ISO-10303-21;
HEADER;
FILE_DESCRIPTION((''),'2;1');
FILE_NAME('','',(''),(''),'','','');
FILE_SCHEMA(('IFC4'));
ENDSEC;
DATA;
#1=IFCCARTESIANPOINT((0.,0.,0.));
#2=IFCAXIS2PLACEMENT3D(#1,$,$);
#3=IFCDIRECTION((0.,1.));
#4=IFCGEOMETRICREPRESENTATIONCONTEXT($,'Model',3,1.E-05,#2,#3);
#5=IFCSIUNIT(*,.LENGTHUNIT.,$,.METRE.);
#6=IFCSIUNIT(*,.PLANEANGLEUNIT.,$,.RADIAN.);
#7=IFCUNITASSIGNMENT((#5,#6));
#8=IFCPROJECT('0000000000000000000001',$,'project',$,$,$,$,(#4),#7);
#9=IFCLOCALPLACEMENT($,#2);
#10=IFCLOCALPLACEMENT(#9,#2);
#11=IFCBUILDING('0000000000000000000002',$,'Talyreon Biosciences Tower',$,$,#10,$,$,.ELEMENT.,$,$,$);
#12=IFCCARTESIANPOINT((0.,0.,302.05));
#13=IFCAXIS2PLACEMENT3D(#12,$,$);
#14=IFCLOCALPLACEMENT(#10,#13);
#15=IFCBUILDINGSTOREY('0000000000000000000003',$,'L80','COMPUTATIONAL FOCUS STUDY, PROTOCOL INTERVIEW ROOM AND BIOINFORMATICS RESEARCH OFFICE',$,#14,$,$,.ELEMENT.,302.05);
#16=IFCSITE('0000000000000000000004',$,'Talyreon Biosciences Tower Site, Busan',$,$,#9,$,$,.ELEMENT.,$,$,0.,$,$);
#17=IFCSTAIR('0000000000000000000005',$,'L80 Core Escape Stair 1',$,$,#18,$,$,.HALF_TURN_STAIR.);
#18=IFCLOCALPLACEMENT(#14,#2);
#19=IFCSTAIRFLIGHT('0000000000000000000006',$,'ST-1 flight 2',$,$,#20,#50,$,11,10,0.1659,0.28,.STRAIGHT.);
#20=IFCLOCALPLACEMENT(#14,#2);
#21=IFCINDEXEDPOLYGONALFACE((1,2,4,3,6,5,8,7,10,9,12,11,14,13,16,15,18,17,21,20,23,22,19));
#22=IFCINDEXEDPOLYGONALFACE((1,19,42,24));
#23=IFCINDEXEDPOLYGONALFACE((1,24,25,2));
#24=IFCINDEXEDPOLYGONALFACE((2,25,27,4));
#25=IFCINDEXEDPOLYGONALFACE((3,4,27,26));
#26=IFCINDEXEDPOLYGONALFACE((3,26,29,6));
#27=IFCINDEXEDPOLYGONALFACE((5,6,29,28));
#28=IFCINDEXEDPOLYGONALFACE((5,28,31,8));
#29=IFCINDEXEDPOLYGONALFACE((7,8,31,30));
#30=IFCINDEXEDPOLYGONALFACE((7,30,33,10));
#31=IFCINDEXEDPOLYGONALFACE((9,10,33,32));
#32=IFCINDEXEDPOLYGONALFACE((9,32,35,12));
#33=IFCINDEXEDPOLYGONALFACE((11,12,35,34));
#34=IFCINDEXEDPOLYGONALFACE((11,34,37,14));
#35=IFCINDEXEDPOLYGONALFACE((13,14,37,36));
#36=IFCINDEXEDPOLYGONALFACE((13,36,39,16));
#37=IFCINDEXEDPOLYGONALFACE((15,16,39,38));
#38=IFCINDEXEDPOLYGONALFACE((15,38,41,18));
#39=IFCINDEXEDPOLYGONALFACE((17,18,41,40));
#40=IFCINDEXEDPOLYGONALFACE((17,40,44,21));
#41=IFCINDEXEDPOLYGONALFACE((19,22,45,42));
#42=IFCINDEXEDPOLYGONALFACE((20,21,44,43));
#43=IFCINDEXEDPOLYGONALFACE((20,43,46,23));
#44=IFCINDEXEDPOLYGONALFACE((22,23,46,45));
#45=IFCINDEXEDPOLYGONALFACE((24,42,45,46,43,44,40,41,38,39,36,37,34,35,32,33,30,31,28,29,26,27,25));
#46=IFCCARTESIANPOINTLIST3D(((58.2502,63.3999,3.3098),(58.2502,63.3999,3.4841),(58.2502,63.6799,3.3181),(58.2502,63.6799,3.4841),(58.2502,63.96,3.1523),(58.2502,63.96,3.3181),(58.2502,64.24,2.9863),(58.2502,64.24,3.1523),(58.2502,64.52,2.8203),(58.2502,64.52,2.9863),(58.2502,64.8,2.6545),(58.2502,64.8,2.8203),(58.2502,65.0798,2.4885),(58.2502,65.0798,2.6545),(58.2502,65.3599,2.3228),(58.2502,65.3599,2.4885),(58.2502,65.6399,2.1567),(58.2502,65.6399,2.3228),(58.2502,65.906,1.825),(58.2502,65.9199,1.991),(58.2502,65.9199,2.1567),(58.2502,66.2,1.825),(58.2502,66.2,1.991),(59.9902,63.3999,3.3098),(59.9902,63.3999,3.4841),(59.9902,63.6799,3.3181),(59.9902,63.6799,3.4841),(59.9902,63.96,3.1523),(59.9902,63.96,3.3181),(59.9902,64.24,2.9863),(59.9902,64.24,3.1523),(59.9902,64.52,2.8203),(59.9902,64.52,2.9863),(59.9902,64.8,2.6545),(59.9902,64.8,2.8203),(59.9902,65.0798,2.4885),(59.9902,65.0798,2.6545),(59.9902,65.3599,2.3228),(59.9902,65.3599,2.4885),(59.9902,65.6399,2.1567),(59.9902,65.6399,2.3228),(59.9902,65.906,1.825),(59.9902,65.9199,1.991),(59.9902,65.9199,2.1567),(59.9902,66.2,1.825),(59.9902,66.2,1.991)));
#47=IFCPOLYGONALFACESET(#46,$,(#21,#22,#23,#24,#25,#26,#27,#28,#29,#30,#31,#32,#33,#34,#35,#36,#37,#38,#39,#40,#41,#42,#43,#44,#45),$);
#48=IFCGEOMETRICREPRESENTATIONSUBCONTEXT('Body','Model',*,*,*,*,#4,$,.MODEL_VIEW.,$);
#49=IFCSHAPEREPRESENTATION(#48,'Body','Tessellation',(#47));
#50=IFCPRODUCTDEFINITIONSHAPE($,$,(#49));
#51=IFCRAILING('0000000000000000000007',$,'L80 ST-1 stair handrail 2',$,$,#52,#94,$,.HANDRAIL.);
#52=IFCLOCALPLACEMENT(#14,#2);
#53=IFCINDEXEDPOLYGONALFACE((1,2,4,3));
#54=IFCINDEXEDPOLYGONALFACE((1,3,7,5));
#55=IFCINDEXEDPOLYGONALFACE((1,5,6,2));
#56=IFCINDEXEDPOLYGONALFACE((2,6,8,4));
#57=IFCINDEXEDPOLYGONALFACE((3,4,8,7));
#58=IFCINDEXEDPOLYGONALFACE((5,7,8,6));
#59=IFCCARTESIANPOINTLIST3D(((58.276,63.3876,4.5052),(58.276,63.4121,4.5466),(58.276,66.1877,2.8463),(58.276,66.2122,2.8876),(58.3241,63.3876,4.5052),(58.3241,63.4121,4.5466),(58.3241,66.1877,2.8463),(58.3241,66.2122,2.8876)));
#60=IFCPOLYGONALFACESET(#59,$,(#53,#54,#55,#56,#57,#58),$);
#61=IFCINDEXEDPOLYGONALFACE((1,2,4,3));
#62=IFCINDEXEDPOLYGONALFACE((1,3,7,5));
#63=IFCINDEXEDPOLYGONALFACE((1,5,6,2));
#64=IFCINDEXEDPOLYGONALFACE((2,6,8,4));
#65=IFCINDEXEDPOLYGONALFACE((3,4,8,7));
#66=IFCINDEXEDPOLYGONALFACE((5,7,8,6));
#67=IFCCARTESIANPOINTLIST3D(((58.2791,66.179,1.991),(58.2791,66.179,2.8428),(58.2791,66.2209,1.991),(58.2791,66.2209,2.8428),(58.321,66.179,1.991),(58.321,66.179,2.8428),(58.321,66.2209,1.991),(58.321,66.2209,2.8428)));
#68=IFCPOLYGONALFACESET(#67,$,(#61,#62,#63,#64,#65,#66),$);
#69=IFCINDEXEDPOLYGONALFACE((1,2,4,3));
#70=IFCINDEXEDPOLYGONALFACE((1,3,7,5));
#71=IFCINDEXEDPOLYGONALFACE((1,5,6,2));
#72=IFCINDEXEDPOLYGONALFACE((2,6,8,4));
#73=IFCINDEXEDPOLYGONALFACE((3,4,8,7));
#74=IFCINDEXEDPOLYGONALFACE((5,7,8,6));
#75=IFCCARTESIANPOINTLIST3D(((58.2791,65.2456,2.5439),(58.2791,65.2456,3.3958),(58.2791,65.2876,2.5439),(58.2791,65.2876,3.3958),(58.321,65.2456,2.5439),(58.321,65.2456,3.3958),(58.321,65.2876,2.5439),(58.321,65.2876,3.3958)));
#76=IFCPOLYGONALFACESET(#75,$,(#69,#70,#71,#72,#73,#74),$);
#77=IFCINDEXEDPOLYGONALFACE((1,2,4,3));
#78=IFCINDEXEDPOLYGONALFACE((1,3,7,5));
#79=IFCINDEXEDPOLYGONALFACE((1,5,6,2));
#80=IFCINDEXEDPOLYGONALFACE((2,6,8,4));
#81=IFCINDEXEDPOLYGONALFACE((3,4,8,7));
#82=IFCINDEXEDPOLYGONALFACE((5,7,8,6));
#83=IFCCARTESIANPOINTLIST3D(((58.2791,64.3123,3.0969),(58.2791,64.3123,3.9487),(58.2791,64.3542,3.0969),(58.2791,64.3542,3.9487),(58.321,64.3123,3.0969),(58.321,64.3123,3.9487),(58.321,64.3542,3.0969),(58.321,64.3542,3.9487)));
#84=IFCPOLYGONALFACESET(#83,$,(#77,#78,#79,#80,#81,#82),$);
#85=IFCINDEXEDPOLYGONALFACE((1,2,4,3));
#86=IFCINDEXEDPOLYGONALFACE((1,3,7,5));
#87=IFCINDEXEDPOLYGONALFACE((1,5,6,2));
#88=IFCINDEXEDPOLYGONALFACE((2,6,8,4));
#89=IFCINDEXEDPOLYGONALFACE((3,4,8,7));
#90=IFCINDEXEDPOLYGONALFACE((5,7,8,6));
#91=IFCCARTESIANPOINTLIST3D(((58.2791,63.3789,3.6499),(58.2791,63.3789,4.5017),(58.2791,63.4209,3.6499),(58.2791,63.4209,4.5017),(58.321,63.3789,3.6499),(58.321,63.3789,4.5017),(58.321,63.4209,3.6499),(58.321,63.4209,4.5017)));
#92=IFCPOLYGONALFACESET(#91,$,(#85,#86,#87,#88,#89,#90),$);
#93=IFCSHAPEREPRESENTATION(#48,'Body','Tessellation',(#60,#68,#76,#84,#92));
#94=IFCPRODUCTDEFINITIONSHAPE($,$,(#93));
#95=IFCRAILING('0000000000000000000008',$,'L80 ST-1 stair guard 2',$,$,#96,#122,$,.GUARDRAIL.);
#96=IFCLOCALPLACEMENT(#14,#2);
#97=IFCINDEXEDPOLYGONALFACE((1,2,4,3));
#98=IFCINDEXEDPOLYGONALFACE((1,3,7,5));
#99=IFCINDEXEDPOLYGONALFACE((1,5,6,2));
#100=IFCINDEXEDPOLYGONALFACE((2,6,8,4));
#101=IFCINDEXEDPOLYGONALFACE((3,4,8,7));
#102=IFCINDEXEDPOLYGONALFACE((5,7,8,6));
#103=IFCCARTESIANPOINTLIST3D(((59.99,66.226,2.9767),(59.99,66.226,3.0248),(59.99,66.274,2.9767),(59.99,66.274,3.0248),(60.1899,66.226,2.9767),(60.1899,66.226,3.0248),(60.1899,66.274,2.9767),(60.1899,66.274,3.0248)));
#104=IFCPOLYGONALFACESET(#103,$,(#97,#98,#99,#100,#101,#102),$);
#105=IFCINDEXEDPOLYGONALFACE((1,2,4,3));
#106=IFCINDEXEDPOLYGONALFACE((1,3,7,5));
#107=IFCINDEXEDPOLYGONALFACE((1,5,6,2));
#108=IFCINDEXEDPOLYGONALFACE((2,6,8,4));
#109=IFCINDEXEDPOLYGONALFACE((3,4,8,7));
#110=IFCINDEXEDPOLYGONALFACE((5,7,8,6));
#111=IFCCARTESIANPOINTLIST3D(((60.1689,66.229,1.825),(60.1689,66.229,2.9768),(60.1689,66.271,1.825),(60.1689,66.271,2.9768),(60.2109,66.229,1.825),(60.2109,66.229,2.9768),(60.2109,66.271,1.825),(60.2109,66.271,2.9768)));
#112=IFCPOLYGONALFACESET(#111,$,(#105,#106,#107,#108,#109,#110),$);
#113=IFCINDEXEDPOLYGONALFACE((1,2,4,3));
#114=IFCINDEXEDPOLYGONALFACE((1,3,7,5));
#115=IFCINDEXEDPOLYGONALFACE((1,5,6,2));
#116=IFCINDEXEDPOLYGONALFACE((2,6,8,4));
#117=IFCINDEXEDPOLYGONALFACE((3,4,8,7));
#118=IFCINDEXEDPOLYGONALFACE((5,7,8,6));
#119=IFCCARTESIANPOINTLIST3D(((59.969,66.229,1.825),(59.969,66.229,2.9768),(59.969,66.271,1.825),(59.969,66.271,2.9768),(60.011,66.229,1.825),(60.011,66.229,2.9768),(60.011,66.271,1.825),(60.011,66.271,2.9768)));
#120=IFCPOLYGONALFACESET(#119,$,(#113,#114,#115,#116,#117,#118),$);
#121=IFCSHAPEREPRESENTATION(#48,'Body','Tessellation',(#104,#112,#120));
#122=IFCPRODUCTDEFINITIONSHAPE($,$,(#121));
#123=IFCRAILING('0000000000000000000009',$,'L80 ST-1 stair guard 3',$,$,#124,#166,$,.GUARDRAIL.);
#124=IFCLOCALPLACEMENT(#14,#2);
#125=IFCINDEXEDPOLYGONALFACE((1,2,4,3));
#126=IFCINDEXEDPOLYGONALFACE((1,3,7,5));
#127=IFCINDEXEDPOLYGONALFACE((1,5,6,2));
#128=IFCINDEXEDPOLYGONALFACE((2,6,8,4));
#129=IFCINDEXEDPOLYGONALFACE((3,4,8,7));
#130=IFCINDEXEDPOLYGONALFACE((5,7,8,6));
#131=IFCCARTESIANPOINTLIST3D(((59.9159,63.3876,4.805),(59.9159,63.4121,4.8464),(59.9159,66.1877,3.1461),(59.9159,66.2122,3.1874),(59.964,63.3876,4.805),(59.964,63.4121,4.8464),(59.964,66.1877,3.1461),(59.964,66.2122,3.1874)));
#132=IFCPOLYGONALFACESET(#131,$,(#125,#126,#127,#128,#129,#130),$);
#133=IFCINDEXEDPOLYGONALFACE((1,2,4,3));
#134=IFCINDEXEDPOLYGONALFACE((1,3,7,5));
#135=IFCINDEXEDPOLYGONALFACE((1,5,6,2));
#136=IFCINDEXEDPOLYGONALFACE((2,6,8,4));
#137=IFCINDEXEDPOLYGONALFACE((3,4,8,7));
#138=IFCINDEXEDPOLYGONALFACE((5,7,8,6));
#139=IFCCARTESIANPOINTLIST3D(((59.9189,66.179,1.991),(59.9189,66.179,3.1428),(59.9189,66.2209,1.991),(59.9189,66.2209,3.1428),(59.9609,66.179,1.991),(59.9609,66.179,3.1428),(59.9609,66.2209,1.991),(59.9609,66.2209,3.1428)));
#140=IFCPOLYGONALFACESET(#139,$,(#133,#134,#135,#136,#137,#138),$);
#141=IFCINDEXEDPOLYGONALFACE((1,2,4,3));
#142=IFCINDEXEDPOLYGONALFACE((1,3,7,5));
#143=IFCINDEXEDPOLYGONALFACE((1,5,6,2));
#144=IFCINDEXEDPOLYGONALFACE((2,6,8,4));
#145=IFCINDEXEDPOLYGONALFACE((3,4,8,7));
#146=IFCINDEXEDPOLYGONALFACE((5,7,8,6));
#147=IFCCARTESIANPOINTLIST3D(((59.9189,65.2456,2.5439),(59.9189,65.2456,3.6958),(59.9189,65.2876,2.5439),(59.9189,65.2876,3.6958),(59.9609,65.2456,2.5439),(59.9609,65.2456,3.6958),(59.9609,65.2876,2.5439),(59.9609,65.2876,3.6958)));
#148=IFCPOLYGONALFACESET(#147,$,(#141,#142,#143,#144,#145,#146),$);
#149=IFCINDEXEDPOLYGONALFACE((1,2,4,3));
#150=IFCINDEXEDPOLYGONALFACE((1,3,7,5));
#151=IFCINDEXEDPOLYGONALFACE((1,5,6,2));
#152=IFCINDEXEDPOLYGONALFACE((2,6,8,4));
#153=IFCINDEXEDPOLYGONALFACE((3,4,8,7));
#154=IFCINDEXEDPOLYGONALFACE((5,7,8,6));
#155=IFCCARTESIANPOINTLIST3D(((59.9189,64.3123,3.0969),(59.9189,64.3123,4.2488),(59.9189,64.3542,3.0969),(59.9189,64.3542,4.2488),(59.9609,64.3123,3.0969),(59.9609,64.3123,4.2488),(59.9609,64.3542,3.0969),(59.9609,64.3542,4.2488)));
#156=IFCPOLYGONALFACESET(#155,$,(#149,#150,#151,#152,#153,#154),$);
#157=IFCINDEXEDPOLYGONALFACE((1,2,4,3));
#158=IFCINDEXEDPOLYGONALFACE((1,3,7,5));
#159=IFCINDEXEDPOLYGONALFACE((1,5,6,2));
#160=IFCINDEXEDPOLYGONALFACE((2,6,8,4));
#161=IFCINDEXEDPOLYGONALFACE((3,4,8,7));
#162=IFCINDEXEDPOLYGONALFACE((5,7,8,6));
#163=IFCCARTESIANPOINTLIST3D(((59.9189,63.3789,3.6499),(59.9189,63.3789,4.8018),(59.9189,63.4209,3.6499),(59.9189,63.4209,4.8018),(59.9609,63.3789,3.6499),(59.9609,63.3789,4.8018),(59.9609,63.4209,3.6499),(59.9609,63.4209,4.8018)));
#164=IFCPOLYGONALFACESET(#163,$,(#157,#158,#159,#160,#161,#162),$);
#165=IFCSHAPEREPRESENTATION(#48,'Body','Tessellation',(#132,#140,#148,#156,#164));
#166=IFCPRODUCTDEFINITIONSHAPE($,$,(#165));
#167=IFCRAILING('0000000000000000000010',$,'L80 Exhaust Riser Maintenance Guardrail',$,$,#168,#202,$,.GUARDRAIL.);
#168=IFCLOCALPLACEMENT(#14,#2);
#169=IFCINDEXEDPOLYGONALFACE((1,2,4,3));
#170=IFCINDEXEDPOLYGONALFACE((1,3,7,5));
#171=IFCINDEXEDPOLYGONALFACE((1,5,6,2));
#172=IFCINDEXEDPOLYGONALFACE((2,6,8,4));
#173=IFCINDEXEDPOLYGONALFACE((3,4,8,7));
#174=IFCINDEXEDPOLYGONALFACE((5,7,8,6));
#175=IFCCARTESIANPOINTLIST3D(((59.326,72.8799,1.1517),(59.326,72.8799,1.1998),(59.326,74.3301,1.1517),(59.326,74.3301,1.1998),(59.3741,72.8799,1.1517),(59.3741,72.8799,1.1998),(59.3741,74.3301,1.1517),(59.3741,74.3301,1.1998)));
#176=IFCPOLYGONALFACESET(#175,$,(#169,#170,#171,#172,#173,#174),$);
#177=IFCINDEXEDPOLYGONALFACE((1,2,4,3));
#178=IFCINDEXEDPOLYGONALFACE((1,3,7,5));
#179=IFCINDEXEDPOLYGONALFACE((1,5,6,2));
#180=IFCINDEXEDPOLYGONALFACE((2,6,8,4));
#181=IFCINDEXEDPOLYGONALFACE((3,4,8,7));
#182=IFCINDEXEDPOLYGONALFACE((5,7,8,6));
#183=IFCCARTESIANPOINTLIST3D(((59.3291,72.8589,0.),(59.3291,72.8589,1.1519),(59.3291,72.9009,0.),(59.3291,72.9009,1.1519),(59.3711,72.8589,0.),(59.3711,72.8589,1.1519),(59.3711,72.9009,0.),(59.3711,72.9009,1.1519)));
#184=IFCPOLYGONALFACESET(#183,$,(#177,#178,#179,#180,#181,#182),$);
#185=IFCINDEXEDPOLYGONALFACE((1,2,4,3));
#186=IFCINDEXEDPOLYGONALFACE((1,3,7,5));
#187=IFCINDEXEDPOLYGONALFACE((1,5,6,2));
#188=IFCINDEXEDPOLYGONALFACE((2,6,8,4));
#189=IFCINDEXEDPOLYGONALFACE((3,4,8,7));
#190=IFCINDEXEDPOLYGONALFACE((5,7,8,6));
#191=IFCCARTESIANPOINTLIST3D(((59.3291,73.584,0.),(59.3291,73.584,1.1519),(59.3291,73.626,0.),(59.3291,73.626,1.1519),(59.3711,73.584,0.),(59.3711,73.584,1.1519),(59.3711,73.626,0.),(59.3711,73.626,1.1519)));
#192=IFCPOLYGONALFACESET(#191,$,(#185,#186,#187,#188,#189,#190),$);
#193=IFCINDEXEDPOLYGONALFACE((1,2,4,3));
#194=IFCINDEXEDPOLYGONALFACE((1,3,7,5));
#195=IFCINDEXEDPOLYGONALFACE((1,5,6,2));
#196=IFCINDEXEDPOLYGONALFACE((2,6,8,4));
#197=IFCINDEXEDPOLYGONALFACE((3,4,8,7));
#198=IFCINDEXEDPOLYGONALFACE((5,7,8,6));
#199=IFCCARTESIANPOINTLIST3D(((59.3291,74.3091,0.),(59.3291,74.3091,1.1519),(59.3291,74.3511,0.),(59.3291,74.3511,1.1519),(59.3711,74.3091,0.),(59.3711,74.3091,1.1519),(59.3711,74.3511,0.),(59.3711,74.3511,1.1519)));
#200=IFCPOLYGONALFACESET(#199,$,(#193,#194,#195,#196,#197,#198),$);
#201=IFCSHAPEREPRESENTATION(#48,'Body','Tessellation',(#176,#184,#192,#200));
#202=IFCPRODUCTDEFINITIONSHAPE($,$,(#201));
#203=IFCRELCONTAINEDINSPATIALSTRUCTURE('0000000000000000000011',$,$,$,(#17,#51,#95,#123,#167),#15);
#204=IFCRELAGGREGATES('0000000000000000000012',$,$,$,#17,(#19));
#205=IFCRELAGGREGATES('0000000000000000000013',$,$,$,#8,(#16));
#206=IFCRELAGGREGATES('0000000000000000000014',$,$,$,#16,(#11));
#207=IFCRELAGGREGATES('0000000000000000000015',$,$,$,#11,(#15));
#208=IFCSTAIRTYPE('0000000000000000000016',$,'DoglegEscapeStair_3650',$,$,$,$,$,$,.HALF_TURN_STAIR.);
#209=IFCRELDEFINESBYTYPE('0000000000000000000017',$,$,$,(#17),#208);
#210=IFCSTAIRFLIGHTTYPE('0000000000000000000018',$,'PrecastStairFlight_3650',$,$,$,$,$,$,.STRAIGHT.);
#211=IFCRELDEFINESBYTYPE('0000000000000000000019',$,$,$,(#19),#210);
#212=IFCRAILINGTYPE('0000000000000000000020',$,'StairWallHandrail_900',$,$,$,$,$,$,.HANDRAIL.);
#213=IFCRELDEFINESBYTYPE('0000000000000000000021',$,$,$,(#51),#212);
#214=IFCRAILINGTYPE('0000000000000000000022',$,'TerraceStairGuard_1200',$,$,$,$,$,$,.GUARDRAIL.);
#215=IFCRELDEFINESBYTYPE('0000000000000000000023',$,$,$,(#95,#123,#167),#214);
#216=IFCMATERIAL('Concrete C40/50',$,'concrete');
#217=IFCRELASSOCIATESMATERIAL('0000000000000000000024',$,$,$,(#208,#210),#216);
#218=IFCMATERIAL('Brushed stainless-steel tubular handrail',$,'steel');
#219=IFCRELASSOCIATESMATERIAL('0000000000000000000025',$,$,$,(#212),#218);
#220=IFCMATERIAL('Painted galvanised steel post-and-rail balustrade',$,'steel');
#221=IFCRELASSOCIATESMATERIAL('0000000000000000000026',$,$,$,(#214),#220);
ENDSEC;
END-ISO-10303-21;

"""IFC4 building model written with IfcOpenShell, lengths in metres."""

from ifc_helpers import new_model, si_unit, direction, frame, origin, origin_2d, place, context, subcontext, project, spatial, polyline, rectangle, outline, extrude, material, type_object, element, aggregate, save


model = new_model("IFC4")

# Units and contexts
model_context = context("Model", 3, precision=1e-05, world=origin(), true_north=direction((0.0, 1.0)))
body_context = subcontext(model_context, "Body", "Model", "MODEL_VIEW")
ifc_project = project(units=[si_unit("LENGTHUNIT", "METRE"), si_unit("PLANEANGLEUNIT", "RADIAN")], contexts=[model_context])

# Site, building, storey
site_placement = place(None, origin())
site = spatial("IfcSite", under=ifc_project, at=site_placement, Name="Talyreon Biosciences Tower Site, Busan", CompositionType="ELEMENT", RefElevation=0.0)
building_placement = place(site_placement, origin())
building = spatial("IfcBuilding", under=site, at=building_placement, Name="Talyreon Biosciences Tower", CompositionType="ELEMENT")
storey_placement = place(building_placement, frame((0.0, 0.0, 302.05)))
storey = spatial("IfcBuildingStorey", under=building, at=storey_placement, Name="L80", Description="COMPUTATIONAL FOCUS STUDY, PROTOCOL INTERVIEW ROOM AND BIOINFORMATICS RESEARCH OFFICE", CompositionType="ELEMENT", Elevation=302.05)

# Stair, stair flight
ifc_material_1 = material(Name="Concrete C40/50", Category="concrete")
stair_type = type_object("IfcStairType", Name="DoglegEscapeStair_3650", PredefinedType="HALF_TURN_STAIR", material=ifc_material_1)
stair_placement = place(storey_placement, origin())
stair = element("IfcStair", 1, at=stair_placement, inside=storey, type_object=stair_type, Name="L80 Core Escape Stair 1", PredefinedType="HALF_TURN_STAIR")
stair_flight_type = type_object("IfcStairFlightType", Name="PrecastStairFlight_3650", PredefinedType="STRAIGHT", material=ifc_material_1)
stair_flight_placement = place(storey_placement, frame((59.1201, 66.2, 1.825), z_axis=(0.0, 0.0, 1.0), x_axis=(0.0, -1.0, 0.0)))
stair_flight = element("IfcStairFlight", 2, at=stair_flight_placement, type_object=stair_flight_type, Name="ST-1 flight 2", NumberOfRisers=11, NumberOfTreads=10, PredefinedType="STRAIGHT", RiserHeight=0.1659, TreadLength=0.28, context=body_context, shape_type="SweptSolid", body=[
    extrude(outline(polyline([(0.0, 0.0), (0.0, 0.166), (0.28, 0.166), (0.28, 0.3318), (0.5601, 0.3318), (0.5601, 0.4978), (0.8401, 0.4978), (0.8401, 0.6636), (1.1201, 0.6636), (1.1201, 0.8296), (1.3999, 0.8296), (1.3999, 0.9954), (1.6799, 0.9954), (1.6799, 1.1614), (1.96, 1.1614), (1.96, 1.3274), (2.24, 1.3274), (2.24, 1.4932), (2.52, 1.4932), (2.52, 1.6592), (2.8, 1.6592), (2.8, 1.825), (2.8, 1.4849), (0.2939, 0.0), (0.0, 0.0)])), frame((0.0, 0.8701, 0.0), z_axis=(0.0, -1.0, 0.0), x_axis=(1.0, 0.0, 0.0)), (0.0, 0.0, 1.0), 1.74),
])
aggregate(stair, [stair_flight])

# Railings
ifc_material_2 = material(Name="Brushed stainless-steel tubular handrail", Category="steel")
railing_type_1 = type_object("IfcRailingType", Name="StairWallHandrail_900", PredefinedType="HANDRAIL", material=ifc_material_2)
railing_1_placement = place(storey_placement, frame((58.3, 66.2, 1.991)))
element("IfcRailing", 3, at=railing_1_placement, inside=storey, type_object=railing_type_1, Name="L80 ST-1 stair handrail 2", PredefinedType="HANDRAIL", context=body_context, shape_type="SweptSolid", body=[
    extrude(rectangle(XDim=0.0481, YDim=0.0481, at=origin_2d()), frame((0.0, 0.0, 0.876), z_axis=(0.0, -0.860339, 0.509722), x_axis=(1.0, 0.0, 0.0)), (0.0, 0.0, 1.0), 3.2546),
    extrude(rectangle(XDim=0.042, YDim=0.042, at=origin_2d()), origin(), (0.0, 0.0, 1.0), 0.8518),
    extrude(rectangle(XDim=0.042, YDim=0.042, at=origin_2d()), frame((0.0, -0.9333, 0.553)), (0.0, 0.0, 1.0), 0.8518),
    extrude(rectangle(XDim=0.042, YDim=0.042, at=origin_2d()), frame((0.0, -1.8667, 1.106)), (0.0, 0.0, 1.0), 0.8518),
    extrude(rectangle(XDim=0.042, YDim=0.042, at=origin_2d()), frame((0.0, -2.8, 1.6589)), (0.0, 0.0, 1.0), 0.8518),
])
ifc_material_3 = material(Name="Painted galvanised steel post-and-rail balustrade", Category="steel")
railing_type_2 = type_object("IfcRailingType", Name="TerraceStairGuard_1200", PredefinedType="GUARDRAIL", material=ifc_material_3)
railing_2_placement = place(storey_placement, frame((60.1899, 66.25, 1.825)))
element("IfcRailing", 4, at=railing_2_placement, inside=storey, type_object=railing_type_2, Name="L80 ST-1 stair guard 2", PredefinedType="GUARDRAIL", context=body_context, shape_type="SweptSolid", body=[
    extrude(rectangle(XDim=0.0481, YDim=0.0481, at=origin_2d()), frame((0.0, 0.0, 1.1758), z_axis=(-1.0, 0.0, 0.0), x_axis=(0.0, -1.0, 0.0)), (0.0, 0.0, 1.0), 0.2),
    extrude(rectangle(XDim=0.042, YDim=0.042, at=origin_2d()), origin(), (0.0, 0.0, 1.0), 1.1519),
    extrude(rectangle(XDim=0.042, YDim=0.042, at=origin_2d()), frame((-0.2, 0.0, 0.0)), (0.0, 0.0, 1.0), 1.1519),
])
railing_3_placement = place(storey_placement, frame((59.9399, 66.2, 1.991)))
element("IfcRailing", 5, at=railing_3_placement, inside=storey, type_object=railing_type_2, Name="L80 ST-1 stair guard 3", PredefinedType="GUARDRAIL", context=body_context, shape_type="SweptSolid", body=[
    extrude(rectangle(XDim=0.0481, YDim=0.0481, at=origin_2d()), frame((0.0, 0.0, 1.1758), z_axis=(0.0, -0.860339, 0.509722), x_axis=(1.0, 0.0, 0.0)), (0.0, 0.0, 1.0), 3.2546),
    extrude(rectangle(XDim=0.042, YDim=0.042, at=origin_2d()), origin(), (0.0, 0.0, 1.0), 1.1519),
    extrude(rectangle(XDim=0.042, YDim=0.042, at=origin_2d()), frame((0.0, -0.9333, 0.553)), (0.0, 0.0, 1.0), 1.1519),
    extrude(rectangle(XDim=0.042, YDim=0.042, at=origin_2d()), frame((0.0, -1.8667, 1.106)), (0.0, 0.0, 1.0), 1.1519),
    extrude(rectangle(XDim=0.042, YDim=0.042, at=origin_2d()), frame((0.0, -2.8, 1.6589)), (0.0, 0.0, 1.0), 1.1519),
])
railing_4_placement = place(storey_placement, frame((59.3501, 72.8799, 0.0)))
element("IfcRailing", 6, at=railing_4_placement, inside=storey, type_object=railing_type_2, Name="L80 Exhaust Riser Maintenance Guardrail", PredefinedType="GUARDRAIL", context=body_context, shape_type="SweptSolid", body=[
    extrude(rectangle(XDim=0.0481, YDim=0.0481, at=origin_2d()), frame((0.0, 0.0, 1.1758), z_axis=(0.0, 1.0, 0.0), x_axis=(-1.0, 0.0, 0.0)), (0.0, 0.0, 1.0), 1.4502),
    extrude(rectangle(XDim=0.042, YDim=0.042, at=origin_2d()), origin(), (0.0, 0.0, 1.0), 1.1519),
    extrude(rectangle(XDim=0.042, YDim=0.042, at=origin_2d()), frame((0.0, 0.7251, 0.0)), (0.0, 0.0, 1.0), 1.1519),
    extrude(rectangle(XDim=0.042, YDim=0.042, at=origin_2d()), frame((0.0, 1.4502, 0.0)), (0.0, 0.0, 1.0), 1.1519),
])

save(model, "model.ifc")
